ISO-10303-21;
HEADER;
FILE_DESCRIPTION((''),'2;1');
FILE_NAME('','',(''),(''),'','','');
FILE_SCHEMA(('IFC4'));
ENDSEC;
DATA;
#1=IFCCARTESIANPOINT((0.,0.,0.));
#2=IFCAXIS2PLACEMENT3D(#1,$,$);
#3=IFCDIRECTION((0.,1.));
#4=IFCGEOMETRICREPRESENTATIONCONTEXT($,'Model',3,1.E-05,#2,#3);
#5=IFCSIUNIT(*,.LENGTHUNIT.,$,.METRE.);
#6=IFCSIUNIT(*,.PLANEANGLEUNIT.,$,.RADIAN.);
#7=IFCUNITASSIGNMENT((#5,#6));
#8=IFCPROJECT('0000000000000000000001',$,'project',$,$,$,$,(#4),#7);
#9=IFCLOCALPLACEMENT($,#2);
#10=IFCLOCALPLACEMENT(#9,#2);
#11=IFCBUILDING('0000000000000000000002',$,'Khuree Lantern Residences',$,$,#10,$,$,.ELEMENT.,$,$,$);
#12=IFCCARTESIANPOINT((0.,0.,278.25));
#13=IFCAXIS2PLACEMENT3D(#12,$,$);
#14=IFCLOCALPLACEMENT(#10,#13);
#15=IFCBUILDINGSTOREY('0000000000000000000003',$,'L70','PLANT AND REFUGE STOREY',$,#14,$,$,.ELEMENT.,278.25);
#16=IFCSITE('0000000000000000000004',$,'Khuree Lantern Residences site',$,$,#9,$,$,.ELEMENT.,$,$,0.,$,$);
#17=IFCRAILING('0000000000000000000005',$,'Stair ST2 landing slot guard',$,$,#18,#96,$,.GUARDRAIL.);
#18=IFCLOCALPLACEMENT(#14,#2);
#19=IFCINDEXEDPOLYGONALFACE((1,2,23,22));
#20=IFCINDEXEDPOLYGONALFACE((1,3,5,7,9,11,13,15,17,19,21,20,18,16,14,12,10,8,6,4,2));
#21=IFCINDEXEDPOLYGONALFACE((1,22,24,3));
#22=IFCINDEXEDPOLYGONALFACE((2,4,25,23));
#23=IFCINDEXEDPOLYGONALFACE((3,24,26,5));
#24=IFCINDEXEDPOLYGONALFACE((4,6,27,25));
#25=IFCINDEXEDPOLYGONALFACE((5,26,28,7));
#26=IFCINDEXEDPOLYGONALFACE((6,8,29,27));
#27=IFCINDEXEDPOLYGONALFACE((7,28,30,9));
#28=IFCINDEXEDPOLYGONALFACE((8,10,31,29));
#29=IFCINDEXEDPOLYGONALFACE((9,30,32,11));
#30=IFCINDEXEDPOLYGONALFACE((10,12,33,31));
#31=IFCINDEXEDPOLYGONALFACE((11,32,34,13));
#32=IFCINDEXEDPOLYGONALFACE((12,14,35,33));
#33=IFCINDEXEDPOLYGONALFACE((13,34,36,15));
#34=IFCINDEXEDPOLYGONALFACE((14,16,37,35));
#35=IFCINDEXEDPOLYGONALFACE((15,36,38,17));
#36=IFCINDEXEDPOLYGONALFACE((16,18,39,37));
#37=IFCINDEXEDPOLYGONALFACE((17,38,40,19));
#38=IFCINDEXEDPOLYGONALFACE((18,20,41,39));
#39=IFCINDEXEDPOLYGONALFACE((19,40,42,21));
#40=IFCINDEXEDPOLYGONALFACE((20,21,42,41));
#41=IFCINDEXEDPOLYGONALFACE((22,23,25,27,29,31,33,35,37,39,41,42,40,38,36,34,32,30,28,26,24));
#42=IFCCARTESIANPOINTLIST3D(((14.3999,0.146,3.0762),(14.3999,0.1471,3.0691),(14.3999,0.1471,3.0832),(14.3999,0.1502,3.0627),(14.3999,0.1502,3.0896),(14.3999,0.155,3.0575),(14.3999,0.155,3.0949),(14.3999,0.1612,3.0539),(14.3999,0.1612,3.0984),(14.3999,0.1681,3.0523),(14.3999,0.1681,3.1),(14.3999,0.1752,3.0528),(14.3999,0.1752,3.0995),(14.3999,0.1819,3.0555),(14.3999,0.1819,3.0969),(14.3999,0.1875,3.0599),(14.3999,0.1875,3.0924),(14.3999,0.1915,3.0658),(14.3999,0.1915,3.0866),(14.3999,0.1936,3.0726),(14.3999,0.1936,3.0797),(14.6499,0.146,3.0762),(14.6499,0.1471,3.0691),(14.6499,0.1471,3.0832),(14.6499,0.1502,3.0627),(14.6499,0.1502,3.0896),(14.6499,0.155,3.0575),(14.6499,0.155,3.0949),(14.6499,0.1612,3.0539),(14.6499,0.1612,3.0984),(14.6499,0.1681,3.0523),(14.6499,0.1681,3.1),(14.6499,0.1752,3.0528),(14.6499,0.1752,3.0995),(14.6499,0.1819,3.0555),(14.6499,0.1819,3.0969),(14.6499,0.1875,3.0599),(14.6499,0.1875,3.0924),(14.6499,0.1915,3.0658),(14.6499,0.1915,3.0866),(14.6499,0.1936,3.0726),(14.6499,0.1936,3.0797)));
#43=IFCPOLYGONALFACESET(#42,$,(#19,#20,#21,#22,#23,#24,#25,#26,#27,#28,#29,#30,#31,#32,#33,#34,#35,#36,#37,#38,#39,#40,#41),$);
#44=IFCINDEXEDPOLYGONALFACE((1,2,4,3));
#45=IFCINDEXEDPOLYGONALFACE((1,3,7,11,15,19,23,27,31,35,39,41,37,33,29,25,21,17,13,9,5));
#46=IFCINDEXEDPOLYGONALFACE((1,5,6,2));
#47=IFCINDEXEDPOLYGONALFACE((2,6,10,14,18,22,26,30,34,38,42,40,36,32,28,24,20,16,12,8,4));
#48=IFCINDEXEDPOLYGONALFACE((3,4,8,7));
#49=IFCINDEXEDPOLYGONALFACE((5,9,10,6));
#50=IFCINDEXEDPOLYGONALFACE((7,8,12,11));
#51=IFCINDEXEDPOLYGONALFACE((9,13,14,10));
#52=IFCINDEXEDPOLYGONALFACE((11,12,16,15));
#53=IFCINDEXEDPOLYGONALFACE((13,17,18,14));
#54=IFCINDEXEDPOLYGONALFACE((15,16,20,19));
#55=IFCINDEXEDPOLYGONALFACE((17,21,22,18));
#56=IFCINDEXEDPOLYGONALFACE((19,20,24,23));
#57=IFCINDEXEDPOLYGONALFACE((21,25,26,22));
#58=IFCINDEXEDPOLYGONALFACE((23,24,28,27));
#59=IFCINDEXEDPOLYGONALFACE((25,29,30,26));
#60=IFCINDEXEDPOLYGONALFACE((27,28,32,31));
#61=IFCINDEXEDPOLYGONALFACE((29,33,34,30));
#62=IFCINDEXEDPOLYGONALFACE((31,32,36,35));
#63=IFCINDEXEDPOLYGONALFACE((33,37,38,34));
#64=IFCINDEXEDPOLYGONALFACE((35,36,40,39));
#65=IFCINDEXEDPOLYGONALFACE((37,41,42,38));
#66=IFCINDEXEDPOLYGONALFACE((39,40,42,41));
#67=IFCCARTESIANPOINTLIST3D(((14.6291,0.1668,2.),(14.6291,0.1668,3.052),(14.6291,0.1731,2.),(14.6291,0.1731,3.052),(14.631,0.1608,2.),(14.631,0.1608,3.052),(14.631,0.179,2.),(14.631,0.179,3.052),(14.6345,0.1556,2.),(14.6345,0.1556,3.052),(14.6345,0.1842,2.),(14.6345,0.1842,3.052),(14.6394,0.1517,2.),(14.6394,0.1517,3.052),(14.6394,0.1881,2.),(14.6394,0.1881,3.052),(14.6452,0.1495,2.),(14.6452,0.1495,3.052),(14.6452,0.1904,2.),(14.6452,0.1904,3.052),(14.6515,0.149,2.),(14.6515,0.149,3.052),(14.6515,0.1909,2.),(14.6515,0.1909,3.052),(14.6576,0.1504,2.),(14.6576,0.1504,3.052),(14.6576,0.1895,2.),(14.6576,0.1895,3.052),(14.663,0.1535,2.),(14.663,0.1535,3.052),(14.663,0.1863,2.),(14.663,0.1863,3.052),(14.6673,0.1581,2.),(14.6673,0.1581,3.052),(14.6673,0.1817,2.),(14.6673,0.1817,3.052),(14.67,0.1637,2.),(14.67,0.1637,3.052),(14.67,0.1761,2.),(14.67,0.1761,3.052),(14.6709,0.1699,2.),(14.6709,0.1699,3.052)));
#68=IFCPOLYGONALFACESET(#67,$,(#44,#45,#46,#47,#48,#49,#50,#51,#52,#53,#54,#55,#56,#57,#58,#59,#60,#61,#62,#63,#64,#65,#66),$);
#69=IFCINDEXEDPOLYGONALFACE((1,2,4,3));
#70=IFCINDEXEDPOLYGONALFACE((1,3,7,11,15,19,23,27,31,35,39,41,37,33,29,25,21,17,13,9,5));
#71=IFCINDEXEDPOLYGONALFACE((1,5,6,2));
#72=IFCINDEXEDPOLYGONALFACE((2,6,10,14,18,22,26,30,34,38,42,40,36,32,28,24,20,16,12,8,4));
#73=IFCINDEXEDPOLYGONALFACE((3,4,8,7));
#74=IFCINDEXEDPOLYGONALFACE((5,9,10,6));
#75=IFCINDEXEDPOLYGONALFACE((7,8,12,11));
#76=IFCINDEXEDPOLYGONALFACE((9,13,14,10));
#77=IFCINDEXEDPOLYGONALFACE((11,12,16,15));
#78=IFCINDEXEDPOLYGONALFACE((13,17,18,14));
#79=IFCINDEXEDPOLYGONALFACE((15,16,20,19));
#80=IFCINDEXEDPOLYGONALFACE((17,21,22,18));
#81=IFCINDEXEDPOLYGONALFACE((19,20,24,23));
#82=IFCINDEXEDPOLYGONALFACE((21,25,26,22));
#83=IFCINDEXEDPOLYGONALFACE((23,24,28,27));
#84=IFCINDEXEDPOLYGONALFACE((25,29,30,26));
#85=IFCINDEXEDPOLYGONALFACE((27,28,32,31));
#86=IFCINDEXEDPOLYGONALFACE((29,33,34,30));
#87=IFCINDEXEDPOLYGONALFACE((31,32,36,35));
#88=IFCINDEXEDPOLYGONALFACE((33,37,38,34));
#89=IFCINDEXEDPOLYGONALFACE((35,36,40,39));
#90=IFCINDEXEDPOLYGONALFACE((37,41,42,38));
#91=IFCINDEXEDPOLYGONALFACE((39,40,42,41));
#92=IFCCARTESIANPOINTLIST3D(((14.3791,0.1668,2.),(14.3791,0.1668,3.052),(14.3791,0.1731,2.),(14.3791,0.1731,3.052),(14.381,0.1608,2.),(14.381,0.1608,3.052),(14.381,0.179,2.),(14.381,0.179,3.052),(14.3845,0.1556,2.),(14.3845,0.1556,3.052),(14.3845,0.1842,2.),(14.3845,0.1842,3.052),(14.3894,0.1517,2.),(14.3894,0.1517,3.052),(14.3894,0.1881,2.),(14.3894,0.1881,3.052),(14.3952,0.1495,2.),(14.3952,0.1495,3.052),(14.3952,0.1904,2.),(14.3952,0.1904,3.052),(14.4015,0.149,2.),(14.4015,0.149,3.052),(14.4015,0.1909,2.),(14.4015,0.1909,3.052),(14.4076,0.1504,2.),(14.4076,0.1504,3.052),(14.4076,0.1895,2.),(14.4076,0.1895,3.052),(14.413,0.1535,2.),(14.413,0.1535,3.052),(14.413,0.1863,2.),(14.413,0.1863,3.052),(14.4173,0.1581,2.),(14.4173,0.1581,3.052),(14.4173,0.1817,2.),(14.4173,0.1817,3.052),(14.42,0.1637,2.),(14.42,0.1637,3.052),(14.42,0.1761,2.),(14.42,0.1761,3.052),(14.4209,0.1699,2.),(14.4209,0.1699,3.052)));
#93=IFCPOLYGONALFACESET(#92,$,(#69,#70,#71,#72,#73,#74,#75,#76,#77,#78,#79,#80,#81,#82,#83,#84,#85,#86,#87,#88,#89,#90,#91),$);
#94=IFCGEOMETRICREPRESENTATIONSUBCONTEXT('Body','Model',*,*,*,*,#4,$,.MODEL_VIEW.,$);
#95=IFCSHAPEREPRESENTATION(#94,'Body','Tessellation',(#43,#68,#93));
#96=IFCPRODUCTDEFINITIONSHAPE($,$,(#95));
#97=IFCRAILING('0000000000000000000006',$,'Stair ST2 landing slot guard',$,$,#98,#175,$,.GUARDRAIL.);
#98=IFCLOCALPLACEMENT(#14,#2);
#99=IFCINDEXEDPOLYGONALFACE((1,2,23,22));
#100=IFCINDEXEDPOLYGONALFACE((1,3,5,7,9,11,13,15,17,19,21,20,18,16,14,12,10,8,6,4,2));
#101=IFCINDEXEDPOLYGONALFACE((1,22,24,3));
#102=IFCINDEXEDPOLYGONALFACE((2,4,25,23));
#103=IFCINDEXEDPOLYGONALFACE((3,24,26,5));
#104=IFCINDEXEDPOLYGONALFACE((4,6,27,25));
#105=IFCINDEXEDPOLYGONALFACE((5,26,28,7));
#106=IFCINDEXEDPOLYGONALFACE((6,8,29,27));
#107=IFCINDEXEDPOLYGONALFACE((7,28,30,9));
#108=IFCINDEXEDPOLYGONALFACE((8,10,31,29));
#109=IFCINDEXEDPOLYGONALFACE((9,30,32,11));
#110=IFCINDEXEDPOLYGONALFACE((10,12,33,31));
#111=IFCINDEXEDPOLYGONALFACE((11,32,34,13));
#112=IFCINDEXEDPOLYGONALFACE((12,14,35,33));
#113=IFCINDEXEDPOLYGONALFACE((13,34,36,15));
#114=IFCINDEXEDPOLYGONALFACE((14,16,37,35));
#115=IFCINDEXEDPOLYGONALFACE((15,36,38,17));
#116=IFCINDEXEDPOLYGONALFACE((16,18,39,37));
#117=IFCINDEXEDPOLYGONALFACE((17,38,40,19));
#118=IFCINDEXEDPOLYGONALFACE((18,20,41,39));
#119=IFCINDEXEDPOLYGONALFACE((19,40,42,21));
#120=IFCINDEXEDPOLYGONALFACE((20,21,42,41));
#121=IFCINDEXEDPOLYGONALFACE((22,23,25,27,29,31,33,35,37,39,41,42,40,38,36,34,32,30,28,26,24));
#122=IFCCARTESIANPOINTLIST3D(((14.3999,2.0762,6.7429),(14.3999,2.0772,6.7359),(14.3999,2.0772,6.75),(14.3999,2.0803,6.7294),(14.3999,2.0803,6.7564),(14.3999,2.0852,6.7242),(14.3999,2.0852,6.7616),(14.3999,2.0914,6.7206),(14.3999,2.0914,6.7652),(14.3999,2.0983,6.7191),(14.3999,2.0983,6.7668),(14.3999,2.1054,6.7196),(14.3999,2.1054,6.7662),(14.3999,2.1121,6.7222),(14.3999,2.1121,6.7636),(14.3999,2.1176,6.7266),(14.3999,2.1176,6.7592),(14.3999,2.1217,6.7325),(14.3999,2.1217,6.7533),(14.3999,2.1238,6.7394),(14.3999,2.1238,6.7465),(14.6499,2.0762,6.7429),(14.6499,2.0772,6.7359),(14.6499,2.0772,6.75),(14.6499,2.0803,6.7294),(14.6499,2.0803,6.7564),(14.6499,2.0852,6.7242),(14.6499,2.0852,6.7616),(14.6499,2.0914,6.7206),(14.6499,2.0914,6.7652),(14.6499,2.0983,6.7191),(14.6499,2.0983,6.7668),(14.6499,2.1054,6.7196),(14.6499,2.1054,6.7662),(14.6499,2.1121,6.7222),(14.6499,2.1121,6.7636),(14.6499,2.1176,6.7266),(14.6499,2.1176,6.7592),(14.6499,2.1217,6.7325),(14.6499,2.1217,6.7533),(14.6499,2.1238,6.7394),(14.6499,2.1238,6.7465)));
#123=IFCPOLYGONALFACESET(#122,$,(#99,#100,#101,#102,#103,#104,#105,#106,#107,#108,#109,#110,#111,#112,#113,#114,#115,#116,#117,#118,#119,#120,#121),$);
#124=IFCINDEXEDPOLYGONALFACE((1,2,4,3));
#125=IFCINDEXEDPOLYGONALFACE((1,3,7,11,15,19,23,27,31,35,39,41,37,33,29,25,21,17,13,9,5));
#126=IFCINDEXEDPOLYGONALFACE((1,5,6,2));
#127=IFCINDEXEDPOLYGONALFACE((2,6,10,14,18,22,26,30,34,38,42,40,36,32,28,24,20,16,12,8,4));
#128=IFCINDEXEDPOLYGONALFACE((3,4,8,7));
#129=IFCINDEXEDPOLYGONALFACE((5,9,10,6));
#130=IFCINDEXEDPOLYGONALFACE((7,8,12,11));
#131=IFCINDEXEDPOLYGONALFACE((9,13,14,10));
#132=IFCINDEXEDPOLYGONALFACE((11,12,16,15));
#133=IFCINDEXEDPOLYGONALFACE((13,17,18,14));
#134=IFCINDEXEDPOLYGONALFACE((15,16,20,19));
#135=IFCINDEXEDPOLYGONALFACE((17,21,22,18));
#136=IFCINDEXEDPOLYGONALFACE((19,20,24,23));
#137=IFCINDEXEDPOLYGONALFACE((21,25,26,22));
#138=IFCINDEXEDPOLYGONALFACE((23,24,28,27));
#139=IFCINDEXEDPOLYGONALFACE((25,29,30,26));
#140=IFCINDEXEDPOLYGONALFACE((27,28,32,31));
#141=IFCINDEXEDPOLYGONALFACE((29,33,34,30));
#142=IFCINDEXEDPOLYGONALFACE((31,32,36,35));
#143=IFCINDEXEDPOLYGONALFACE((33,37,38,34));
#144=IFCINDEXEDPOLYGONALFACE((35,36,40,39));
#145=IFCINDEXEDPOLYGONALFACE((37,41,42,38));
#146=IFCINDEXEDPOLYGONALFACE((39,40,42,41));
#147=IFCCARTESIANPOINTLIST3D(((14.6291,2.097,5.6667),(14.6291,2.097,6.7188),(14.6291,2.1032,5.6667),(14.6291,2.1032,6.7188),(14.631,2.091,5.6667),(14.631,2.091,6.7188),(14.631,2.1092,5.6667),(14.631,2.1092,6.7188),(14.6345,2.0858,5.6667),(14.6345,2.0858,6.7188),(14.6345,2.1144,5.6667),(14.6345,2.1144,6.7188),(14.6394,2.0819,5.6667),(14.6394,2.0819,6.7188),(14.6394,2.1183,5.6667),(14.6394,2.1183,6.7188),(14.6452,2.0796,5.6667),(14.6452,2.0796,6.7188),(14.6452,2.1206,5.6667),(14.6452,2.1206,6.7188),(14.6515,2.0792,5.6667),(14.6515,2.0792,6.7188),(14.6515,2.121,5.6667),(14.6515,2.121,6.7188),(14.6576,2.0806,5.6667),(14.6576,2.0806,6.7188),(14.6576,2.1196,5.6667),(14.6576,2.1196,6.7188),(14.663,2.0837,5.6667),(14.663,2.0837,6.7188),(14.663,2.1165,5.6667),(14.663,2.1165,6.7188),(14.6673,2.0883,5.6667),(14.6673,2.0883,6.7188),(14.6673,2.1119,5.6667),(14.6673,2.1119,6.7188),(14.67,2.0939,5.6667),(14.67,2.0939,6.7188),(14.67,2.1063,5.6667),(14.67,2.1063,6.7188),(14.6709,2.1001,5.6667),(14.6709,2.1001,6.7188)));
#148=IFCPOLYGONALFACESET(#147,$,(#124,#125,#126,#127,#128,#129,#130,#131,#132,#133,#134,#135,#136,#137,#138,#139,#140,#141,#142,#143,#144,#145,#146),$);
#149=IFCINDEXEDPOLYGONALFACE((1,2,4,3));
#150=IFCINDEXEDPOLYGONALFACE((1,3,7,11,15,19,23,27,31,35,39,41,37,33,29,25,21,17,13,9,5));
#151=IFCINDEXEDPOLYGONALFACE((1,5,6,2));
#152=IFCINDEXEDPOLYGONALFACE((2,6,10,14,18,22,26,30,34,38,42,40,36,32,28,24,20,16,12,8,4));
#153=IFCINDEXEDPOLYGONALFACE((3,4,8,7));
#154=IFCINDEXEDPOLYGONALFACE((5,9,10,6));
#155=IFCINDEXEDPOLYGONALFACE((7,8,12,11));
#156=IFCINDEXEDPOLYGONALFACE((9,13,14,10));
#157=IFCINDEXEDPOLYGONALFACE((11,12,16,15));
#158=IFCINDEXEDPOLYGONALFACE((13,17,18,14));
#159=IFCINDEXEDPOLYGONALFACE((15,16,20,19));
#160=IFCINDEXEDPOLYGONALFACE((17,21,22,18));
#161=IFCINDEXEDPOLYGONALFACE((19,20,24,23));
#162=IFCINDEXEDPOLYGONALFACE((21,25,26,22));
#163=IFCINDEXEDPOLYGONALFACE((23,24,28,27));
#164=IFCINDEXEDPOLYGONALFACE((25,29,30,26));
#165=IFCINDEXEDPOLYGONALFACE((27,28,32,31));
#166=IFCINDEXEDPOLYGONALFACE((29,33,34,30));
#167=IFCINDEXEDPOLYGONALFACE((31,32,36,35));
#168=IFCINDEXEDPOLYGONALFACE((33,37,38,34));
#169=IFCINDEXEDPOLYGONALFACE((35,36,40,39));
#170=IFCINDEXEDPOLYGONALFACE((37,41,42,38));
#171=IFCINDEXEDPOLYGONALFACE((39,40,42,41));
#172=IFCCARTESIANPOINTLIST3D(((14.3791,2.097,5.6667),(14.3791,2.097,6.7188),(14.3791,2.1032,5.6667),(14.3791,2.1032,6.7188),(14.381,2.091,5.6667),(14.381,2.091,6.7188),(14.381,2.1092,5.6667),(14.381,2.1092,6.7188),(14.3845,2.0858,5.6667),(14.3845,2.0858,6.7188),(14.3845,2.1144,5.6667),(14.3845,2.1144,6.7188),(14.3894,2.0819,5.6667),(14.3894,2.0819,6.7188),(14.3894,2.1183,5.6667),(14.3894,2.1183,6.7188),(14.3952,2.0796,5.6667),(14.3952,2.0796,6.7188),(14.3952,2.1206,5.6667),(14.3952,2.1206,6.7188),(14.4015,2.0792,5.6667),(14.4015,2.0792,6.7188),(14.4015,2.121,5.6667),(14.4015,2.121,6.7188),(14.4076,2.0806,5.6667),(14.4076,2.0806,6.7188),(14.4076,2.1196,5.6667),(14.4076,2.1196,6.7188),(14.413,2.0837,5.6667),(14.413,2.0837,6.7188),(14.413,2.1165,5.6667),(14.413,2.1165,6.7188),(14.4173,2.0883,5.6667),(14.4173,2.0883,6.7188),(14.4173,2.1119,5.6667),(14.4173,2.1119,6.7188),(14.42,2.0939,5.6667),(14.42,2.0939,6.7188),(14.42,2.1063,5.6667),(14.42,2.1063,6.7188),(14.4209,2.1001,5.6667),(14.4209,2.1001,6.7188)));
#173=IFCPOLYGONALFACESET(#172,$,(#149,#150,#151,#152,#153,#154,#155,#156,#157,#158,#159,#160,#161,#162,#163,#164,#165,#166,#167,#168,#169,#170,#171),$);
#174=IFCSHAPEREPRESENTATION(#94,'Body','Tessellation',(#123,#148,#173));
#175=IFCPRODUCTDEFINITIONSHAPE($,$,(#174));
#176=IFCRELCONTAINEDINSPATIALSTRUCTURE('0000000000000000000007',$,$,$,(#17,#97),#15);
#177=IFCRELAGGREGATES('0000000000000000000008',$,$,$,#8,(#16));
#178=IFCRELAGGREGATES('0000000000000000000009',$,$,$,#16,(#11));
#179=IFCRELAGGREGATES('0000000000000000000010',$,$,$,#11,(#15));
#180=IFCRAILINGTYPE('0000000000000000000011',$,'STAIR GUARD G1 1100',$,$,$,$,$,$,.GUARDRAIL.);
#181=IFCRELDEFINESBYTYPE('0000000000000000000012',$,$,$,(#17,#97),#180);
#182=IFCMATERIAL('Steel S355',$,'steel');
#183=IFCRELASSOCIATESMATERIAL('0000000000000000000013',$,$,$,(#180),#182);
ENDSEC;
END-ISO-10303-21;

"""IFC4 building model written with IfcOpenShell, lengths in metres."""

from ifc_helpers import new_model, si_unit, direction, frame, origin, origin_2d, place, context, subcontext, project, spatial, circle, extrude, material, type_object, element, save


model = new_model("IFC4")

# Units and contexts
model_context = context("Model", 3, precision=1e-05, world=origin(), true_north=direction((0.0, 1.0)))
body_context = subcontext(model_context, "Body", "Model", "MODEL_VIEW")
ifc_project = project(units=[si_unit("LENGTHUNIT", "METRE"), si_unit("PLANEANGLEUNIT", "RADIAN")], contexts=[model_context])

# Site, building, storey
site_placement = place(None, origin())
site = spatial("IfcSite", under=ifc_project, at=site_placement, Name="Khuree Lantern Residences site", CompositionType="ELEMENT", RefElevation=0.0)
building_placement = place(site_placement, origin())
building = spatial("IfcBuilding", under=site, at=building_placement, Name="Khuree Lantern Residences", CompositionType="ELEMENT")
storey_placement = place(building_placement, frame((0.0, 0.0, 278.25)))
storey = spatial("IfcBuildingStorey", under=building, at=storey_placement, Name="L70", Description="PLANT AND REFUGE STOREY", CompositionType="ELEMENT", Elevation=278.25)

# Shared definitions
ifc_material_1 = material(Name="Steel S355", Category="steel")

# Railings
railing_type = type_object("IfcRailingType", Name="STAIR GUARD G1 1100", PredefinedType="GUARDRAIL", material=ifc_material_1)
for number, where, name in (
    (1, (14.6499, 0.1699, 2.0), "Stair ST2 landing slot guard"),
    (2, (14.6499, 2.1001, 5.6667), "Stair ST2 landing slot guard"),
):
    element("IfcRailing", number, at=place(storey_placement, frame(where)), inside=storey, type_object=railing_type, Name=name, PredefinedType="GUARDRAIL", context=body_context, shape_type="SweptSolid", body=[
        extrude(circle(Radius=0.0239, at=origin_2d()), frame((0.0, 0.0, 1.0762), z_axis=(-1.0, 0.0, 0.0), x_axis=(0.0, -1.0, 0.0)), (0.0, 0.0, 1.0), 0.25),
        extrude(circle(Radius=0.021, at=origin_2d()), origin(), (0.0, 0.0, 1.0), 1.052),
        extrude(circle(Radius=0.021, at=origin_2d()), frame((-0.25, 0.0, 0.0)), (0.0, 0.0, 1.0), 1.052),
    ])

save(model, "model.ifc")
